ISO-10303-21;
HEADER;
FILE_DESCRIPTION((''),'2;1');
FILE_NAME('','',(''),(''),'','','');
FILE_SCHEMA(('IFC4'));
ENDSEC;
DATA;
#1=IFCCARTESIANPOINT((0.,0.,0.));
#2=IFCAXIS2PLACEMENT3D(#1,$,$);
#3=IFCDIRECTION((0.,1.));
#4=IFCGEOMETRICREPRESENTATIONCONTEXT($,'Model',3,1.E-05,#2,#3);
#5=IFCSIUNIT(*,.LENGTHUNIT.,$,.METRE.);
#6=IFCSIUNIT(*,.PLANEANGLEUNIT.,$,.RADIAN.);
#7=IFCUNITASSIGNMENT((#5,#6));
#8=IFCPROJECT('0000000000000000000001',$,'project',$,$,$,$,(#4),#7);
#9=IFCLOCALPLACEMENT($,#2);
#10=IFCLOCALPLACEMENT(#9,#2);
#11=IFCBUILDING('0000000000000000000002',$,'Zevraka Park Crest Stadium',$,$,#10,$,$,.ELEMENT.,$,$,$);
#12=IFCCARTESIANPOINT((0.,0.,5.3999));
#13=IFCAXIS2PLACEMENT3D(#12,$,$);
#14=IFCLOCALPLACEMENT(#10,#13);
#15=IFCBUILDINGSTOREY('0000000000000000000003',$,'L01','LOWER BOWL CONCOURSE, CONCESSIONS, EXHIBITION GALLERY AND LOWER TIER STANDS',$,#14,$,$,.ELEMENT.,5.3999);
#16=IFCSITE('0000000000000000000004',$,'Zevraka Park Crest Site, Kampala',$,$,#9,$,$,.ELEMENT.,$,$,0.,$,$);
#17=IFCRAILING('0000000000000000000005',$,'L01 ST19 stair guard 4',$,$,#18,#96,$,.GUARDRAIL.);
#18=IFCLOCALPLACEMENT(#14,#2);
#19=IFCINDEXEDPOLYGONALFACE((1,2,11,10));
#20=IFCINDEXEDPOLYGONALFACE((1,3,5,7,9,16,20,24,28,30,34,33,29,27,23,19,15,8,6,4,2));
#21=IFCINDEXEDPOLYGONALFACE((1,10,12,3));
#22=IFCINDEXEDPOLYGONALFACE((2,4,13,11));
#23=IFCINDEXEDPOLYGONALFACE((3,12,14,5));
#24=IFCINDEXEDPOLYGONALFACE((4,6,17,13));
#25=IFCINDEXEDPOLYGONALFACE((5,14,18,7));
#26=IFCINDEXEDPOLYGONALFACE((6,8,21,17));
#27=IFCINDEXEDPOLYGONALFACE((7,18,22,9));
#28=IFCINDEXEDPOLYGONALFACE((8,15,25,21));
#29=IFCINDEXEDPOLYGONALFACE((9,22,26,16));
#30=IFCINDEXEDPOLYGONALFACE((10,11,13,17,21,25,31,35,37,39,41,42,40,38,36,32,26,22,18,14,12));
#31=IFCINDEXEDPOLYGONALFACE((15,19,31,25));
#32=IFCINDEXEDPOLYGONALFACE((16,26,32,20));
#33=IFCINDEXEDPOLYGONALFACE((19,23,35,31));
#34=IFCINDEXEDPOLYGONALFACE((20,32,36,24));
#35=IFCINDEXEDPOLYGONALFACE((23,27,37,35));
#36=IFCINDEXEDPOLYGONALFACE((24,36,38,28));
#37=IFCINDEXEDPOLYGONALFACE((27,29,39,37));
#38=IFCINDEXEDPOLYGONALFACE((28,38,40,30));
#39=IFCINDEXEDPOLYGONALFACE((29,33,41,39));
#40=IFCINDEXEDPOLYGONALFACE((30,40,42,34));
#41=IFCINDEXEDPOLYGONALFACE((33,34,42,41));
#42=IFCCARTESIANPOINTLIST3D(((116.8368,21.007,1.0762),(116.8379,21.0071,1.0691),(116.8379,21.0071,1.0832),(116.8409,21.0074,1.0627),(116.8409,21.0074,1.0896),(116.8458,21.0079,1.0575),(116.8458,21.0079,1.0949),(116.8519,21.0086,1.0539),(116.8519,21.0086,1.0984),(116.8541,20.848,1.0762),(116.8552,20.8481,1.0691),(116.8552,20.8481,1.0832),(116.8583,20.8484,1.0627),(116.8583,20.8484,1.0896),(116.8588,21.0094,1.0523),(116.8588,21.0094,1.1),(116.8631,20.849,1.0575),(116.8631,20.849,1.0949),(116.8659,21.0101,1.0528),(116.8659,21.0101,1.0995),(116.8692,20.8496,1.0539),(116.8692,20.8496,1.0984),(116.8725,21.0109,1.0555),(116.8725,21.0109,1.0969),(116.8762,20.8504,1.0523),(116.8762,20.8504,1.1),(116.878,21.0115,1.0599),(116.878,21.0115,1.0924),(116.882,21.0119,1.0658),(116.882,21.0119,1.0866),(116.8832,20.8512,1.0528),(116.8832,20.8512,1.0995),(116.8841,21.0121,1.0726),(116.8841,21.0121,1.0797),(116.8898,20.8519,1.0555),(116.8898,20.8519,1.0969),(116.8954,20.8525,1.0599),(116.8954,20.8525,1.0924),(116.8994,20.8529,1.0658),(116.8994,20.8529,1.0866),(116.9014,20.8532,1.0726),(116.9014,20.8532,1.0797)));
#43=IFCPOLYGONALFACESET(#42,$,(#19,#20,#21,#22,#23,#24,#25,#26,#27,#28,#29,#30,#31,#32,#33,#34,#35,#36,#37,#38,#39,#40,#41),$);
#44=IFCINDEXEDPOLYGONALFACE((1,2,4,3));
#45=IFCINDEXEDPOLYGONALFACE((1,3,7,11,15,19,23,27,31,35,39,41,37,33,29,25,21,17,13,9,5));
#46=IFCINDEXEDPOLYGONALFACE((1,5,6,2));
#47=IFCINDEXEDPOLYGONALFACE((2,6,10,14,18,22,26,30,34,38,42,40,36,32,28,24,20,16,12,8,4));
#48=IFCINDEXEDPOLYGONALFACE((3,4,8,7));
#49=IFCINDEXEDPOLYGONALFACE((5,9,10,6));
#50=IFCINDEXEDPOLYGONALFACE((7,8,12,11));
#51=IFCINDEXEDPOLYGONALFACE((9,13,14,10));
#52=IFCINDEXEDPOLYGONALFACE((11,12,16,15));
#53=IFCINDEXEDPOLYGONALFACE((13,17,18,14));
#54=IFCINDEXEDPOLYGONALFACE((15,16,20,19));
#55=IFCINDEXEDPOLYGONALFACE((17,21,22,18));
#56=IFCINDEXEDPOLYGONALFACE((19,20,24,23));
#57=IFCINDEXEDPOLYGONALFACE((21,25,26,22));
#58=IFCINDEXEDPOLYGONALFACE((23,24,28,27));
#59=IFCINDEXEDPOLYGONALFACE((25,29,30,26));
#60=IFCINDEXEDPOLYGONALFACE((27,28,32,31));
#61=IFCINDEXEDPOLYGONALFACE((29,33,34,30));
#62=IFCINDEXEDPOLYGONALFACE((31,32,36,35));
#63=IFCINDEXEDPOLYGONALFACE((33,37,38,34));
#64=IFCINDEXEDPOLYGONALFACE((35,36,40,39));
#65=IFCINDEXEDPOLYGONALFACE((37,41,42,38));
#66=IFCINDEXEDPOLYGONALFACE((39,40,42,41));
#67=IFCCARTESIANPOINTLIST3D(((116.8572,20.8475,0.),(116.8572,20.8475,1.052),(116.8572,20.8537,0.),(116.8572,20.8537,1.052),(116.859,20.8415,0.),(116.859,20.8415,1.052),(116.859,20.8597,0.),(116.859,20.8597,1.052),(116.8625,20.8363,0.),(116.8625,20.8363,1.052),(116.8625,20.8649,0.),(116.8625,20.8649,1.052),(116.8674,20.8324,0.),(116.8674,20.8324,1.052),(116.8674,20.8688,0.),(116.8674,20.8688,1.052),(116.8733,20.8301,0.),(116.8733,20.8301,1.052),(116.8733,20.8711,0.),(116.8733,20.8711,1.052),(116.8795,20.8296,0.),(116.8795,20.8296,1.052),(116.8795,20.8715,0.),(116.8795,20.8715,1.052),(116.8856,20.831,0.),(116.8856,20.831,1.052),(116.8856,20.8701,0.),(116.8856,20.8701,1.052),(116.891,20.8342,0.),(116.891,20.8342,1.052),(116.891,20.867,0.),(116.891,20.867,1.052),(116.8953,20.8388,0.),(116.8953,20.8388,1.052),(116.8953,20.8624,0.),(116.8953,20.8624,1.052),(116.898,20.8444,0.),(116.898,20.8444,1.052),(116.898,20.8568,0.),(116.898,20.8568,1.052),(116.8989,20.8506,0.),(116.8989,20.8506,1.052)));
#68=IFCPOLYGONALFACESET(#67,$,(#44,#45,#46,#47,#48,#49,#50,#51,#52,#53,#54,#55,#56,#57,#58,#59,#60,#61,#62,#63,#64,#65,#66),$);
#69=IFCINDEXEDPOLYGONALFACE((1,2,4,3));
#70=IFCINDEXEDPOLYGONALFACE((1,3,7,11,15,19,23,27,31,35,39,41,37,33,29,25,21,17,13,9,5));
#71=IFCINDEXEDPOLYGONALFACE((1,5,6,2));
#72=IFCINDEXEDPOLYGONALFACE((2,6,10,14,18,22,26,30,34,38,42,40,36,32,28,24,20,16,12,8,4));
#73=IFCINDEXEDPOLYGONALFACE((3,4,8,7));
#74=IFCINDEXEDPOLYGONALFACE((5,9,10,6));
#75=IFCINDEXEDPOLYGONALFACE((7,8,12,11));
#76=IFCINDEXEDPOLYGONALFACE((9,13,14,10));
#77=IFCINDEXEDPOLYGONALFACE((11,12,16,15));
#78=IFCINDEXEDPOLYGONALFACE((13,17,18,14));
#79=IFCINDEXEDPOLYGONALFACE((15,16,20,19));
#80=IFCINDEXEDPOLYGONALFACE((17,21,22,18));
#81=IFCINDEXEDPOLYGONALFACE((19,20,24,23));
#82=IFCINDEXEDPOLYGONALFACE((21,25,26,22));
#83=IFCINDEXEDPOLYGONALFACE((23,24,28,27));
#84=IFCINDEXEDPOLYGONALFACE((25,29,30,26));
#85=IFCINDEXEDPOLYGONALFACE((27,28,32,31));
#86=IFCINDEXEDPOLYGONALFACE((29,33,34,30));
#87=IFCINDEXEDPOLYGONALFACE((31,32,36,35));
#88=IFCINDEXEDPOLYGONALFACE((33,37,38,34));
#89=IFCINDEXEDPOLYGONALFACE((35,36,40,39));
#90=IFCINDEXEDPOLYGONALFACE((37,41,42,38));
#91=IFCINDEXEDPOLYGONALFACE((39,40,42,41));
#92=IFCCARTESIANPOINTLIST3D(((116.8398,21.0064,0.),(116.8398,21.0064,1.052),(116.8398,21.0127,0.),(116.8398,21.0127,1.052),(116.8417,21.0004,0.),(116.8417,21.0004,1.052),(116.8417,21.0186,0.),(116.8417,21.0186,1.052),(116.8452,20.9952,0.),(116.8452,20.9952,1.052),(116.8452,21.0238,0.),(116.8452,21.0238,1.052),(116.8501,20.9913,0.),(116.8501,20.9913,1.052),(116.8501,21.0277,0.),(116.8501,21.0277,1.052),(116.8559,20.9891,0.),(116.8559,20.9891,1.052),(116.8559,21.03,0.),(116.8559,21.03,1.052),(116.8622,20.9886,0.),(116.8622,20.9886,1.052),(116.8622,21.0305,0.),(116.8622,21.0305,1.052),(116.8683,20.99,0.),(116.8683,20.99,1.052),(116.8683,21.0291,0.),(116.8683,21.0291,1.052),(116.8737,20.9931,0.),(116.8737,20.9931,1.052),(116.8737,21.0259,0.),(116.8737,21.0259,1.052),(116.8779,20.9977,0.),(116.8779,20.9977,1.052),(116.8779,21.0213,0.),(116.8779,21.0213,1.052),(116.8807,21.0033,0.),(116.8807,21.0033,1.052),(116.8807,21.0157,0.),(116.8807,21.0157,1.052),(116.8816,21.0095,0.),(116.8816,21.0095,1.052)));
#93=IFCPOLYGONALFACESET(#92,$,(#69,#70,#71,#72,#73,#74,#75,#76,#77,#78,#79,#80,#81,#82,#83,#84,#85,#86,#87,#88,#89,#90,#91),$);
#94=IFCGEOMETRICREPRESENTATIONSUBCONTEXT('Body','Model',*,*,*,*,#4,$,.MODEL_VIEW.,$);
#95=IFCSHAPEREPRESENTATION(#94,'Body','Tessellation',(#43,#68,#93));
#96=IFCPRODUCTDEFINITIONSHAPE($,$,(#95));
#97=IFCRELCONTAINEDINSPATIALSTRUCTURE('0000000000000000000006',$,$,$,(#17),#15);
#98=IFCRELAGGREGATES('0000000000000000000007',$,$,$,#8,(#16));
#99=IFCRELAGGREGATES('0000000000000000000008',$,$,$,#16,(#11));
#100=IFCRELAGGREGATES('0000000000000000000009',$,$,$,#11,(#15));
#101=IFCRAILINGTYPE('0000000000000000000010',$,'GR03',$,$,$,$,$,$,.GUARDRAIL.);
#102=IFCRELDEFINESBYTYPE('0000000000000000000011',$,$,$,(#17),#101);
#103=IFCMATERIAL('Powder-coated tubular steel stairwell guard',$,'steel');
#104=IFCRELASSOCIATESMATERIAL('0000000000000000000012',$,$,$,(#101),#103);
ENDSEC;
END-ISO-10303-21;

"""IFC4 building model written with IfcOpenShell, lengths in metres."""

from ifc_helpers import new_model, si_unit, direction, frame, origin, origin_2d, place, context, subcontext, project, spatial, circle, extrude, material, type_object, element, save


model = new_model("IFC4")

# Units and contexts
model_context = context("Model", 3, precision=1e-05, world=origin(), true_north=direction((0.0, 1.0)))
body_context = subcontext(model_context, "Body", "Model", "MODEL_VIEW")
ifc_project = project(units=[si_unit("LENGTHUNIT", "METRE"), si_unit("PLANEANGLEUNIT", "RADIAN")], contexts=[model_context])

# Site, building, storey
site_placement = place(None, origin())
site = spatial("IfcSite", under=ifc_project, at=site_placement, Name="Zevraka Park Crest Site, Kampala", CompositionType="ELEMENT", RefElevation=0.0)
building_placement = place(site_placement, origin())
building = spatial("IfcBuilding", under=site, at=building_placement, Name="Zevraka Park Crest Stadium", CompositionType="ELEMENT")
storey_placement = place(building_placement, frame((0.0, 0.0, 5.3999)))
storey = spatial("IfcBuildingStorey", under=building, at=storey_placement, Name="L01", Description="LOWER BOWL CONCOURSE, CONCESSIONS, EXHIBITION GALLERY AND LOWER TIER STANDS", CompositionType="ELEMENT", Elevation=5.3999)

# Railing
ifc_material_1 = material(Name="Powder-coated tubular steel stairwell guard", Category="steel")
railing_type_1 = type_object("IfcRailingType", Name="GR03", PredefinedType="GUARDRAIL", material=ifc_material_1)
railing_1_placement = place(storey_placement, frame((116.8779, 20.8506, 0.0)))
element("IfcRailing", 1, at=railing_1_placement, inside=storey, type_object=railing_type_1, Name="L01 ST19 stair guard 4", PredefinedType="GUARDRAIL", context=body_context, shape_type="SweptSolid", body=[
    extrude(circle(Radius=0.0239, at=origin_2d()), frame((0.0, 0.0, 1.0762), z_axis=(-0.10842, 0.994105, 0.0), x_axis=(-0.994105, -0.10842, 0.0)), (0.0, 0.0, 1.0), 0.1599),
    extrude(circle(Radius=0.021, at=origin_2d()), origin(), (0.0, 0.0, 1.0), 1.052),
    extrude(circle(Radius=0.021, at=origin_2d()), frame((-0.0173, 0.1589, 0.0)), (0.0, 0.0, 1.0), 1.052),
])

save(model, "model.ifc")
